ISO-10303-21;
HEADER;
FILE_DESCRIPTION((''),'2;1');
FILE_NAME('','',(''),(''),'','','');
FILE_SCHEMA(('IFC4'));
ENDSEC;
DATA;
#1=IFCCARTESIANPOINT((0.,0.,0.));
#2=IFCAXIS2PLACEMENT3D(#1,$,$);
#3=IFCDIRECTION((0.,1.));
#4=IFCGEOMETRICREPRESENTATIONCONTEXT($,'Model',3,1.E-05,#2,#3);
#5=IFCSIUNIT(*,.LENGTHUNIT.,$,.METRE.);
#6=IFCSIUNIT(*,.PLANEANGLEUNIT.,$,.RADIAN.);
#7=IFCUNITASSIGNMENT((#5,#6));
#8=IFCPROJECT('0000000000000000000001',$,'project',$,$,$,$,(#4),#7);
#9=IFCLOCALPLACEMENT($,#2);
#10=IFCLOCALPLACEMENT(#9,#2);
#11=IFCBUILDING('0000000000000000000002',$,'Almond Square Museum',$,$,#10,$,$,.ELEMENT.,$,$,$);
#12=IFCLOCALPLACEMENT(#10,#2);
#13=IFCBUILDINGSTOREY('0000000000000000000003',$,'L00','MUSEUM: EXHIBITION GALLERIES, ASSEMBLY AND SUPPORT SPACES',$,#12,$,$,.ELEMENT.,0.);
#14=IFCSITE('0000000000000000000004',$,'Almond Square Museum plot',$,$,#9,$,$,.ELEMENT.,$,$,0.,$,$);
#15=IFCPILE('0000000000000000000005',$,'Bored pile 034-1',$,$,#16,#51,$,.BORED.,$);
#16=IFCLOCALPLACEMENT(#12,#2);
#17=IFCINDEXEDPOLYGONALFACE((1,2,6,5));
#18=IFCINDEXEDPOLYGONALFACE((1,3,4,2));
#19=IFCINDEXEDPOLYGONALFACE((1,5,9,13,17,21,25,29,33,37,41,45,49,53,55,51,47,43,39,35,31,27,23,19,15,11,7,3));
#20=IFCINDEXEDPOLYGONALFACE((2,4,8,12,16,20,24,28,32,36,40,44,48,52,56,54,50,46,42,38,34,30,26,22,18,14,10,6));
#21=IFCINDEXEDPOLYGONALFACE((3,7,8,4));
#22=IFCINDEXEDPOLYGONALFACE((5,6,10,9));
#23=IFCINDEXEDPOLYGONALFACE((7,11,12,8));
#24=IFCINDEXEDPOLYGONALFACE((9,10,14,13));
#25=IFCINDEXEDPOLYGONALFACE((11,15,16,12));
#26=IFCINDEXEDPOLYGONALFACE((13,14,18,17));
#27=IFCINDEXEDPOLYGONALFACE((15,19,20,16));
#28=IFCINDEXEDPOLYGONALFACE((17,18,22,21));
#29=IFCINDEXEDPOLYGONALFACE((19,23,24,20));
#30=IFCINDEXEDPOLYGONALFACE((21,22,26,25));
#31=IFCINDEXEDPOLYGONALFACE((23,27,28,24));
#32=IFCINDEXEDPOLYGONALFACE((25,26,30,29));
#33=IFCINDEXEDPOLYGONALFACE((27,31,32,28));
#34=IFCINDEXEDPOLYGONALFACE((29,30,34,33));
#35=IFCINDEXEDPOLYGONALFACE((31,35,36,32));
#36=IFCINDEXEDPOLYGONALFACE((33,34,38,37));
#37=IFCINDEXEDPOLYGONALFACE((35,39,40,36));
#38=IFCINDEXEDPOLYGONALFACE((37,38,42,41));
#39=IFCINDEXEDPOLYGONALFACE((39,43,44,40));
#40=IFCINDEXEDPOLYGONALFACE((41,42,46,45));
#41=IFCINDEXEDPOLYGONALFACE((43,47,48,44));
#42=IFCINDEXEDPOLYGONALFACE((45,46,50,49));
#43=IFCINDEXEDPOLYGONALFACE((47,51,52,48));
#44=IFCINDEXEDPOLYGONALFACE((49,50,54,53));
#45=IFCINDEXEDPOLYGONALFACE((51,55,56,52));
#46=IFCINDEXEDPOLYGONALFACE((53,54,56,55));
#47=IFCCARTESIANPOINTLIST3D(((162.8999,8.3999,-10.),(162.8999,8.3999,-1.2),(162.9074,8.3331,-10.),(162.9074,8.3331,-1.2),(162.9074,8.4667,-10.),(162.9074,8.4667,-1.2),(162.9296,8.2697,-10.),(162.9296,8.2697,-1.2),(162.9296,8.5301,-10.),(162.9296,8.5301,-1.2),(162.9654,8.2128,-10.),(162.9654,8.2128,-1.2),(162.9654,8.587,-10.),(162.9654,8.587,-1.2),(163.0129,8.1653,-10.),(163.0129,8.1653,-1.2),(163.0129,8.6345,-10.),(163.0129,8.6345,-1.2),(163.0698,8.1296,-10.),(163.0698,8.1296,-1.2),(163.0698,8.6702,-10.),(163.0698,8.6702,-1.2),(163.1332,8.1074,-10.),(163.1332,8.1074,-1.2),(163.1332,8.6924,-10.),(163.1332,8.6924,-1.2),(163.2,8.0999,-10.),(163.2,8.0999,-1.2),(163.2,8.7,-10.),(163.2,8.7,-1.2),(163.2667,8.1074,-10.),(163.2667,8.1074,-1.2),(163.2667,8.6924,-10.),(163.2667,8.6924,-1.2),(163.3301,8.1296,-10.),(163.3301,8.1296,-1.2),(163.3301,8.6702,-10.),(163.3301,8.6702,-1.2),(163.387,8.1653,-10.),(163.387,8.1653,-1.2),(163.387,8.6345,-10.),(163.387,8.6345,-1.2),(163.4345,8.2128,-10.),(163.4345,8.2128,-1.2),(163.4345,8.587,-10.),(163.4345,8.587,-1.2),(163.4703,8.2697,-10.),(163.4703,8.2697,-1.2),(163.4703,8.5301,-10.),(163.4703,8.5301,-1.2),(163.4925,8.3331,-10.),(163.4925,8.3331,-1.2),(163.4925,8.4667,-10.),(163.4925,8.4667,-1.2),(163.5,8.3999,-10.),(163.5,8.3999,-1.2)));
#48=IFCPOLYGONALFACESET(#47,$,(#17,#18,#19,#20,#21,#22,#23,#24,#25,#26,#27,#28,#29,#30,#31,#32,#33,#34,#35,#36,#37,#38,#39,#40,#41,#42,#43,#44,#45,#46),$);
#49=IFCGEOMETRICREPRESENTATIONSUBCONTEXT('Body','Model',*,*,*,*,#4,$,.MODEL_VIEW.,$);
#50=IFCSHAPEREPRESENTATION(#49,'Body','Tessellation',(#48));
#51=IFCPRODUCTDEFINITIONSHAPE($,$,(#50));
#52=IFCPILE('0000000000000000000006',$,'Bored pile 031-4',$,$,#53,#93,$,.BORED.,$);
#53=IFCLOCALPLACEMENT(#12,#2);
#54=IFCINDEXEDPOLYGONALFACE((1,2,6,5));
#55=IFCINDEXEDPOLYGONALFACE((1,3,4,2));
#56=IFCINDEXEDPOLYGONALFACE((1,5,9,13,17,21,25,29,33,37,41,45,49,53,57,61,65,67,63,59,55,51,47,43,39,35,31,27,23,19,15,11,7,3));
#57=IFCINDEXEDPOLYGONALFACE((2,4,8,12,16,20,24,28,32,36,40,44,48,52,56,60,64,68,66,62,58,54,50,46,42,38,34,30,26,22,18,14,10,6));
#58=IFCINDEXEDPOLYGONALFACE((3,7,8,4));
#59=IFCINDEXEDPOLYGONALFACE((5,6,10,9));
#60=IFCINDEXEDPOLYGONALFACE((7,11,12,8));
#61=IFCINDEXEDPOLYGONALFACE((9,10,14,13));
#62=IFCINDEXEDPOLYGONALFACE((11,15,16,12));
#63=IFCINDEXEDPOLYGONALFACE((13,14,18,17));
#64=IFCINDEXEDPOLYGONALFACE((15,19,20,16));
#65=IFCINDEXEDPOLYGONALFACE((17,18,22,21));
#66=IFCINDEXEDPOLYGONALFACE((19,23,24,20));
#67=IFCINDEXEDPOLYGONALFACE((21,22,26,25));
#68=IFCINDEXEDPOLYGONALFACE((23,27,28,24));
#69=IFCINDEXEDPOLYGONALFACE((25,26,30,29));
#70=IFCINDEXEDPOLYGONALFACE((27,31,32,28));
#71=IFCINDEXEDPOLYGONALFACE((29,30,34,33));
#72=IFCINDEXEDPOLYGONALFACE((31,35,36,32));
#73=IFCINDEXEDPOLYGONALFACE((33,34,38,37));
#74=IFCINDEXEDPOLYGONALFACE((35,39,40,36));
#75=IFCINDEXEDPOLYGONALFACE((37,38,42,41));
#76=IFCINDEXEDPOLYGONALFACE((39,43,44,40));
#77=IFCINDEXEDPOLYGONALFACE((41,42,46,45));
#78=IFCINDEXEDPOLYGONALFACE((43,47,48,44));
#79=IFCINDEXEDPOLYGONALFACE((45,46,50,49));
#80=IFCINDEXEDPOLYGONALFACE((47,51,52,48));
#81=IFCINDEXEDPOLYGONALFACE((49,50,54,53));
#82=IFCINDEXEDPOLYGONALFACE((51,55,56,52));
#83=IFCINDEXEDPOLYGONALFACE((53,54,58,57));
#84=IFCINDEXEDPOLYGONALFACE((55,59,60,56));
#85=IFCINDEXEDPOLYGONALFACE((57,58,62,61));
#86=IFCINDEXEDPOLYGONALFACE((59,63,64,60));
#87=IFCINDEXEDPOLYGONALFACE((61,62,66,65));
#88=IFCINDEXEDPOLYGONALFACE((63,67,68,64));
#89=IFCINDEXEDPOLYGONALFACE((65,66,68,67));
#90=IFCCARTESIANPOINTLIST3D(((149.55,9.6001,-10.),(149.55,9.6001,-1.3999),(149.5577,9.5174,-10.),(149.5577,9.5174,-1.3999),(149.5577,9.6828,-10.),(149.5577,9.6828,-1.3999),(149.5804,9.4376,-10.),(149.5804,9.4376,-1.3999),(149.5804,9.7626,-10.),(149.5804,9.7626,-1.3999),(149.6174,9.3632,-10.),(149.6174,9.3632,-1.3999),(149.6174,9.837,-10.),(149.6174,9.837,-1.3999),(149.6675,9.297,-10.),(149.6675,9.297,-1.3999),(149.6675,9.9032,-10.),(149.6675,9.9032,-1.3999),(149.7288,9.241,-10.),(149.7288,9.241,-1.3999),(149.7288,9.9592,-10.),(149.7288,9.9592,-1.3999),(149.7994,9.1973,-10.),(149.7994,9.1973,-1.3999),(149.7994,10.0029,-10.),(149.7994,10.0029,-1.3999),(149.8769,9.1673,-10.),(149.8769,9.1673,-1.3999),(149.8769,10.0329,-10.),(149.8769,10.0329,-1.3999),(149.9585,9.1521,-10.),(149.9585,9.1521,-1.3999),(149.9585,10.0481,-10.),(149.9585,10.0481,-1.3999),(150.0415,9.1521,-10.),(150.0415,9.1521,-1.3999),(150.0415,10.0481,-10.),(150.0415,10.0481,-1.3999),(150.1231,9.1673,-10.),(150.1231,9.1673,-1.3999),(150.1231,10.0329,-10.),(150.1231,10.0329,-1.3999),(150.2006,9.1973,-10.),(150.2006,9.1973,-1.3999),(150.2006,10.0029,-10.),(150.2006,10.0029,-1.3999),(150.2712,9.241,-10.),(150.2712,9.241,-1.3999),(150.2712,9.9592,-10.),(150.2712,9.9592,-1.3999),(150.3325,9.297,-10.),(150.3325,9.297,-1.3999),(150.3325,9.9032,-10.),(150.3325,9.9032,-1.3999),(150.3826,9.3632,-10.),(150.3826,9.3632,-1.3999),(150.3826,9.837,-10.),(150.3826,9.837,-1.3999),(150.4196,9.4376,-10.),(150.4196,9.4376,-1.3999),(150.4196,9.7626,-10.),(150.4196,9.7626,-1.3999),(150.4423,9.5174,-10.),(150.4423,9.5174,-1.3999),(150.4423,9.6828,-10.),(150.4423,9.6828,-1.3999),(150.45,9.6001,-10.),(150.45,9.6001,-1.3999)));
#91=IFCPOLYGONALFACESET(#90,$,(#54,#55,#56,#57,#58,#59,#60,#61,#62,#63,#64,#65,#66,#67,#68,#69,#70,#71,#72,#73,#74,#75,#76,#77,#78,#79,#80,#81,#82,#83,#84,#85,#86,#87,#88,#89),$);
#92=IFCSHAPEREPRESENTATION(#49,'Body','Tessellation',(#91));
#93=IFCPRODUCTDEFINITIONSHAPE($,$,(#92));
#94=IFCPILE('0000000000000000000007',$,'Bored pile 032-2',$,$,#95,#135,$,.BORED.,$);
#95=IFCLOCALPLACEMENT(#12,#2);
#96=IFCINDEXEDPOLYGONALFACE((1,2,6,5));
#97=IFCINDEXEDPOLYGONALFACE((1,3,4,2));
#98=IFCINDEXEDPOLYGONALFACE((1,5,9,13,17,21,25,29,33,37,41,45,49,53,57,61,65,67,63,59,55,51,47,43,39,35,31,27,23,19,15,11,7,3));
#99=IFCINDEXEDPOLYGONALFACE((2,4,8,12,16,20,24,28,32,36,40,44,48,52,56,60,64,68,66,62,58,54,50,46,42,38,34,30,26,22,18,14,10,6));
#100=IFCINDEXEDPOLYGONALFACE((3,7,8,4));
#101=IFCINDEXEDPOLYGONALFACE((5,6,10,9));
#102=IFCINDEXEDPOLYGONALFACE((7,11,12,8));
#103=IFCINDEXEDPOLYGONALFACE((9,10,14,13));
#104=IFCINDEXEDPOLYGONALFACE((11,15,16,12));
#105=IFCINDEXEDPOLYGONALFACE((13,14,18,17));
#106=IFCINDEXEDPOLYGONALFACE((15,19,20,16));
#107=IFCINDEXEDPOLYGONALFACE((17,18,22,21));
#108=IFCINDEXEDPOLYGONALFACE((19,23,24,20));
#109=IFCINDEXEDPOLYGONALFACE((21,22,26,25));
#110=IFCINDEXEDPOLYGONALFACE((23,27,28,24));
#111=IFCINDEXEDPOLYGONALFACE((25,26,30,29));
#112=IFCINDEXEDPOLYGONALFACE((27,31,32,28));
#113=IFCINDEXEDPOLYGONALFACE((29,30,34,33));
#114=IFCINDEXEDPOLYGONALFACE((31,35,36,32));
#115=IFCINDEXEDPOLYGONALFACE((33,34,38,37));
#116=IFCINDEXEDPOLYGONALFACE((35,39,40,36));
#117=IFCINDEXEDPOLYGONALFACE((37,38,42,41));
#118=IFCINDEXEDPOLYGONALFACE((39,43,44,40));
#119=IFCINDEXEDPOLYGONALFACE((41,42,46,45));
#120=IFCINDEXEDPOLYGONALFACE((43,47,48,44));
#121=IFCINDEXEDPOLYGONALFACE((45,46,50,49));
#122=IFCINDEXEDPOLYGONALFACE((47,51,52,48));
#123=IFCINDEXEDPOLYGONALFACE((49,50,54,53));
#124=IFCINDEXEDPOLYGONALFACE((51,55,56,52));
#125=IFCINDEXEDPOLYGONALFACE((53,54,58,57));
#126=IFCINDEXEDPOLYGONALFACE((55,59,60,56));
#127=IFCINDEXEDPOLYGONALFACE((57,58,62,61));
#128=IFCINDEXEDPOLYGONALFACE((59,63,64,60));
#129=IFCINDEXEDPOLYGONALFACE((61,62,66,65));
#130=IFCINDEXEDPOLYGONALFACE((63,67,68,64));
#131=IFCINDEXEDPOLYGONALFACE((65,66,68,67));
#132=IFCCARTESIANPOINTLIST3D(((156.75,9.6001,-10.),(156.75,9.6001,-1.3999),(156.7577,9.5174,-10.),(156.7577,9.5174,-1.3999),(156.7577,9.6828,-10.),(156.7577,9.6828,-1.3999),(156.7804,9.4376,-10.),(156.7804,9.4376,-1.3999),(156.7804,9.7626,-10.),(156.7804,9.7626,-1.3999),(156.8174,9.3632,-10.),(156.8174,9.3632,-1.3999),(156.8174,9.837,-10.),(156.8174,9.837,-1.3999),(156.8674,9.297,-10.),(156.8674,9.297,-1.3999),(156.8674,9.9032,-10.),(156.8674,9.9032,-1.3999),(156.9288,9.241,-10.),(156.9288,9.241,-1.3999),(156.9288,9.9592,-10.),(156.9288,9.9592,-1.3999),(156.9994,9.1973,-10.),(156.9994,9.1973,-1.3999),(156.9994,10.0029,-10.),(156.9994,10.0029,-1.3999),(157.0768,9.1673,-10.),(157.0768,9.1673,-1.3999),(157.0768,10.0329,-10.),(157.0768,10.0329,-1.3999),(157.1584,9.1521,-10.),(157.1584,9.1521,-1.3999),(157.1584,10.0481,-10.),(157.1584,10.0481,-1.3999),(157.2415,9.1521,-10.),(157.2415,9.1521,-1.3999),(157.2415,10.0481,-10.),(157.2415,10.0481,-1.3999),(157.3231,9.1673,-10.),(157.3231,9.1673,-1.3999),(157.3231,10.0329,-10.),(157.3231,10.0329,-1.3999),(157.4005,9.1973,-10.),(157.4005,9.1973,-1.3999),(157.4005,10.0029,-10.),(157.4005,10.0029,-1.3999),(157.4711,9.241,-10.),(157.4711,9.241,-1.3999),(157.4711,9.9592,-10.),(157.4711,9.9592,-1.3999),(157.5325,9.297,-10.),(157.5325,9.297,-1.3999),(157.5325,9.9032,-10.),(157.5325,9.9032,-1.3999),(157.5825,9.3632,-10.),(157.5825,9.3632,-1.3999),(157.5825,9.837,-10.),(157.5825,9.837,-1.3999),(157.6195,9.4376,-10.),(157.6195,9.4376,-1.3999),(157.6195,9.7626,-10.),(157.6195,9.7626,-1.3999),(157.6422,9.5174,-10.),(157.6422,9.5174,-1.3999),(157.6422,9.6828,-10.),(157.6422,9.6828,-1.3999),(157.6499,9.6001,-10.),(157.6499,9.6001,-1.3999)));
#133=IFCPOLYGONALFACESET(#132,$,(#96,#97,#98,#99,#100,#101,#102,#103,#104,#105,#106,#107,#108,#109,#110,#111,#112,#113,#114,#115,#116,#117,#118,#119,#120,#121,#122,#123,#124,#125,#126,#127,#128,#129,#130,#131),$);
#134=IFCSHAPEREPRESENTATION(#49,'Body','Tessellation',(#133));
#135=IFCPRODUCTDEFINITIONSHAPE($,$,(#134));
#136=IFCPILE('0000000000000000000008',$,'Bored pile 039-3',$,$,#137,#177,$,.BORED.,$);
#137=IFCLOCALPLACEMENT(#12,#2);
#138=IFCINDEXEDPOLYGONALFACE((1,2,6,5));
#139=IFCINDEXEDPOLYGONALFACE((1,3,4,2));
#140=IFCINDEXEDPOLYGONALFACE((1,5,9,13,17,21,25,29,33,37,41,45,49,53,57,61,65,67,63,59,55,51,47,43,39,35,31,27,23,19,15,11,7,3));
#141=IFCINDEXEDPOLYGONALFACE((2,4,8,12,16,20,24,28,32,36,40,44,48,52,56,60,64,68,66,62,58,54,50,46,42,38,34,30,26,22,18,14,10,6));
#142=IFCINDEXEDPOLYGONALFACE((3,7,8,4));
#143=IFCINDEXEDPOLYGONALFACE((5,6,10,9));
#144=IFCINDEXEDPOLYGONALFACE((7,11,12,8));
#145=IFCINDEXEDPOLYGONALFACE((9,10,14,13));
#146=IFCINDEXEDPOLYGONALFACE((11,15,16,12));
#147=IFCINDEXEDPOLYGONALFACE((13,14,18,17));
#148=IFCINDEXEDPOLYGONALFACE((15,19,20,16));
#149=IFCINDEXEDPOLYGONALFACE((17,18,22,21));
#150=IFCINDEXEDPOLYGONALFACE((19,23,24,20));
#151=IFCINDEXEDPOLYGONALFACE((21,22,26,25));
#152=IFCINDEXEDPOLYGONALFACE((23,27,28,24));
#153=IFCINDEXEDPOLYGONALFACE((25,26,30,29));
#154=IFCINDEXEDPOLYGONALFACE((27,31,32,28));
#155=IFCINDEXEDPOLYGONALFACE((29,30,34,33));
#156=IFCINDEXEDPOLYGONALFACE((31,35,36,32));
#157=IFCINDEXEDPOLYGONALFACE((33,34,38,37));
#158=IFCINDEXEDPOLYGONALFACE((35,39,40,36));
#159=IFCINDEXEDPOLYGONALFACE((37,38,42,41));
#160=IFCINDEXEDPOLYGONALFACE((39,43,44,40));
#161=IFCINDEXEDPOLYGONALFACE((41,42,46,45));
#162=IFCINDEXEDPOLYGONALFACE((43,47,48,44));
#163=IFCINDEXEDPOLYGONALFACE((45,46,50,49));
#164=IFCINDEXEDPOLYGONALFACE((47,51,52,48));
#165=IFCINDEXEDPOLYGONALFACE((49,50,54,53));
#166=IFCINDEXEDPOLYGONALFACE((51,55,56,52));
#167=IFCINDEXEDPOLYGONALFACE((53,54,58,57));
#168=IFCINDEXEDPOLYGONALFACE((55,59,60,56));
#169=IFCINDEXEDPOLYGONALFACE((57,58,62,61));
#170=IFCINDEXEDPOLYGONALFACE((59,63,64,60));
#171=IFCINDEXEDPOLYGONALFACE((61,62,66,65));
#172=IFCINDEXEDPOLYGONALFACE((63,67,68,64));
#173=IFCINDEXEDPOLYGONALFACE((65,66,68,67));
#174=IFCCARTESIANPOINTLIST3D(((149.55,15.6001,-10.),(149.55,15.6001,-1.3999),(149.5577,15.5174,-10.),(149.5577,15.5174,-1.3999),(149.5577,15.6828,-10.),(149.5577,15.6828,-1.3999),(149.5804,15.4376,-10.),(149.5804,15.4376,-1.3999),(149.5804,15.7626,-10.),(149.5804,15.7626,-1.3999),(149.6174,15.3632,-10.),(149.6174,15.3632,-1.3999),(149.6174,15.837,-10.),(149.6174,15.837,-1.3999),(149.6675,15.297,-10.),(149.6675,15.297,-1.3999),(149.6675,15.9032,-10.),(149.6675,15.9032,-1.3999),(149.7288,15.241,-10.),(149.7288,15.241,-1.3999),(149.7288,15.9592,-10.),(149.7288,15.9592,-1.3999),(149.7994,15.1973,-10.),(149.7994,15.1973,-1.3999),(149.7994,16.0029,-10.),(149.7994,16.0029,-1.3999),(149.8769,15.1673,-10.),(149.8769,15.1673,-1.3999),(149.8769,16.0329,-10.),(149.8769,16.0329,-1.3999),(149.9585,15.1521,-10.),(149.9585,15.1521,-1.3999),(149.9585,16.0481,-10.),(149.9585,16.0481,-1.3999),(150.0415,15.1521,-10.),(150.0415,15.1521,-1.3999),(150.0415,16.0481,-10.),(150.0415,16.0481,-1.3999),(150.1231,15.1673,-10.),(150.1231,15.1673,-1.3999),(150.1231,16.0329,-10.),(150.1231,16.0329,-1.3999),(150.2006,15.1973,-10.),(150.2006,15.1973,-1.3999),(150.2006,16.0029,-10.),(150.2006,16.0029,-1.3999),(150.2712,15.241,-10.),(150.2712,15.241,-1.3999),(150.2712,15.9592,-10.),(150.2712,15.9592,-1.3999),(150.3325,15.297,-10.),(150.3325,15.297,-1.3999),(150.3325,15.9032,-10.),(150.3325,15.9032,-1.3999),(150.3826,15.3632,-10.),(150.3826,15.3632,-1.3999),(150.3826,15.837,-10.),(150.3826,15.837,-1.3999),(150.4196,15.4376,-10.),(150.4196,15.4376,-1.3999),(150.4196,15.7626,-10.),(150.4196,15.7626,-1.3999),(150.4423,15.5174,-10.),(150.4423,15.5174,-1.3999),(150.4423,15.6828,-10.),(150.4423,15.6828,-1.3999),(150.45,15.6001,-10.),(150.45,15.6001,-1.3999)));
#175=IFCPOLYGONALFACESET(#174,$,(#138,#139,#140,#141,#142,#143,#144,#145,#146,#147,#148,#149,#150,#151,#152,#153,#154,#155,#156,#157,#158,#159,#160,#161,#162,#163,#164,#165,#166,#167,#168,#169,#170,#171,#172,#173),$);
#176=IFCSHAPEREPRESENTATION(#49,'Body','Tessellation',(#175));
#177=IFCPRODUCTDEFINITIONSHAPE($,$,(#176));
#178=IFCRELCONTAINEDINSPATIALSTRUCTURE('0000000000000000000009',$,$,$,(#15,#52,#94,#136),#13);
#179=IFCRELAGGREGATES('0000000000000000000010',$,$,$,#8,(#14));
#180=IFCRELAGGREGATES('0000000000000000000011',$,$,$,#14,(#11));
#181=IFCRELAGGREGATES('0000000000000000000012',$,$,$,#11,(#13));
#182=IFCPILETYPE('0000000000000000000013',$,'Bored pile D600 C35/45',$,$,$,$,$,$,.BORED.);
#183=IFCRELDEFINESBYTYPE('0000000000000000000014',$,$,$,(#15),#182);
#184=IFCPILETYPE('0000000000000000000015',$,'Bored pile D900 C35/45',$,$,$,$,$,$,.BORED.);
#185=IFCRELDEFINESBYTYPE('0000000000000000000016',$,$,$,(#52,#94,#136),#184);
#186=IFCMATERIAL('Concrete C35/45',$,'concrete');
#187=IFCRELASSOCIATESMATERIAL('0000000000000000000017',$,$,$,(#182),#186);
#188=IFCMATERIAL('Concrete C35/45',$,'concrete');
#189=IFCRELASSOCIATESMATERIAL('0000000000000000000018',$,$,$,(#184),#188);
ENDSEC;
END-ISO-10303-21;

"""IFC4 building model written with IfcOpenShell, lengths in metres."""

from ifc_helpers import new_model, si_unit, direction, frame, origin, origin_2d, place, context, subcontext, project, spatial, circle, extrude, material, material_profile, profile_set, type_object, element, save


model = new_model("IFC4")

# Units and contexts
model_context = context("Model", 3, precision=1e-05, world=origin(), true_north=direction((0.0, 1.0)))
body_context = subcontext(model_context, "Body", "Model", "MODEL_VIEW")
ifc_project = project(units=[si_unit("LENGTHUNIT", "METRE"), si_unit("PLANEANGLEUNIT", "RADIAN")], contexts=[model_context])

# Site, building, storey
site_placement = place(None, origin())
site = spatial("IfcSite", under=ifc_project, at=site_placement, Name="Almond Square Museum plot", CompositionType="ELEMENT", RefElevation=0.0)
building_placement = place(site_placement, origin())
building = spatial("IfcBuilding", under=site, at=building_placement, Name="Almond Square Museum", CompositionType="ELEMENT")
storey_placement = place(building_placement, origin())
storey = spatial("IfcBuildingStorey", under=building, at=storey_placement, Name="L00", Description="MUSEUM: EXHIBITION GALLERIES, ASSEMBLY AND SUPPORT SPACES", CompositionType="ELEMENT", Elevation=0.0)

# Piles
ifc_material_1 = material(Name="Concrete C35/45", Category="concrete")
ifc_material_profile_1 = material_profile(ifc_material_1, circle(Radius=0.3, at=origin_2d()))
ifc_profile_set_1 = profile_set([ifc_material_profile_1], Name="Concrete C35/45")
pile_type_1 = type_object("IfcPileType", Name="Bored pile D600 C35/45", PredefinedType="BORED", material=ifc_profile_set_1)
pile_placement = place(storey_placement, frame((163.2, 8.3999, -1.2), z_axis=(0.0, 0.0, -1.0), x_axis=(1.0, 0.0, 0.0)))
element("IfcPile", 1, at=pile_placement, inside=storey, type_object=pile_type_1, Name="Bored pile 034-1", PredefinedType="BORED", context=body_context, shape_type="SweptSolid", body=[
    extrude(circle(Radius=0.3, at=origin_2d()), origin(), (0.0, 0.0, 1.0), 8.8),
])
ifc_material_2 = material(Name="Concrete C35/45", Category="concrete")
ifc_material_profile_2 = material_profile(ifc_material_2, circle(Radius=0.45, at=origin_2d()))
ifc_profile_set_2 = profile_set([ifc_material_profile_2], Name="Concrete C35/45")
pile_type_2 = type_object("IfcPileType", Name="Bored pile D900 C35/45", PredefinedType="BORED", material=ifc_profile_set_2)
for number, where, z_axis, x_axis, name in (
    (2, (150.0, 9.6001, -1.3999), (0.0, 0.0, -1.0), (1.0, 0.0, 0.0), "Bored pile 031-4"),
    (3, (157.2, 9.6001, -1.3999), (0.0, 0.0, -1.0), (1.0, 0.0, 0.0), "Bored pile 032-2"),
    (4, (150.0, 15.6001, -1.3999), (0.0, 0.0, -1.0), (1.0, 0.0, 0.0), "Bored pile 039-3"),
):
    element("IfcPile", number, at=place(storey_placement, frame(where, z_axis=z_axis, x_axis=x_axis)), inside=storey, type_object=pile_type_2, Name=name, PredefinedType="BORED", context=body_context, shape_type="SweptSolid", body=[
        extrude(circle(Radius=0.45, at=origin_2d()), origin(), (0.0, 0.0, 1.0), 8.6001),
    ])

save(model, "model.ifc")
